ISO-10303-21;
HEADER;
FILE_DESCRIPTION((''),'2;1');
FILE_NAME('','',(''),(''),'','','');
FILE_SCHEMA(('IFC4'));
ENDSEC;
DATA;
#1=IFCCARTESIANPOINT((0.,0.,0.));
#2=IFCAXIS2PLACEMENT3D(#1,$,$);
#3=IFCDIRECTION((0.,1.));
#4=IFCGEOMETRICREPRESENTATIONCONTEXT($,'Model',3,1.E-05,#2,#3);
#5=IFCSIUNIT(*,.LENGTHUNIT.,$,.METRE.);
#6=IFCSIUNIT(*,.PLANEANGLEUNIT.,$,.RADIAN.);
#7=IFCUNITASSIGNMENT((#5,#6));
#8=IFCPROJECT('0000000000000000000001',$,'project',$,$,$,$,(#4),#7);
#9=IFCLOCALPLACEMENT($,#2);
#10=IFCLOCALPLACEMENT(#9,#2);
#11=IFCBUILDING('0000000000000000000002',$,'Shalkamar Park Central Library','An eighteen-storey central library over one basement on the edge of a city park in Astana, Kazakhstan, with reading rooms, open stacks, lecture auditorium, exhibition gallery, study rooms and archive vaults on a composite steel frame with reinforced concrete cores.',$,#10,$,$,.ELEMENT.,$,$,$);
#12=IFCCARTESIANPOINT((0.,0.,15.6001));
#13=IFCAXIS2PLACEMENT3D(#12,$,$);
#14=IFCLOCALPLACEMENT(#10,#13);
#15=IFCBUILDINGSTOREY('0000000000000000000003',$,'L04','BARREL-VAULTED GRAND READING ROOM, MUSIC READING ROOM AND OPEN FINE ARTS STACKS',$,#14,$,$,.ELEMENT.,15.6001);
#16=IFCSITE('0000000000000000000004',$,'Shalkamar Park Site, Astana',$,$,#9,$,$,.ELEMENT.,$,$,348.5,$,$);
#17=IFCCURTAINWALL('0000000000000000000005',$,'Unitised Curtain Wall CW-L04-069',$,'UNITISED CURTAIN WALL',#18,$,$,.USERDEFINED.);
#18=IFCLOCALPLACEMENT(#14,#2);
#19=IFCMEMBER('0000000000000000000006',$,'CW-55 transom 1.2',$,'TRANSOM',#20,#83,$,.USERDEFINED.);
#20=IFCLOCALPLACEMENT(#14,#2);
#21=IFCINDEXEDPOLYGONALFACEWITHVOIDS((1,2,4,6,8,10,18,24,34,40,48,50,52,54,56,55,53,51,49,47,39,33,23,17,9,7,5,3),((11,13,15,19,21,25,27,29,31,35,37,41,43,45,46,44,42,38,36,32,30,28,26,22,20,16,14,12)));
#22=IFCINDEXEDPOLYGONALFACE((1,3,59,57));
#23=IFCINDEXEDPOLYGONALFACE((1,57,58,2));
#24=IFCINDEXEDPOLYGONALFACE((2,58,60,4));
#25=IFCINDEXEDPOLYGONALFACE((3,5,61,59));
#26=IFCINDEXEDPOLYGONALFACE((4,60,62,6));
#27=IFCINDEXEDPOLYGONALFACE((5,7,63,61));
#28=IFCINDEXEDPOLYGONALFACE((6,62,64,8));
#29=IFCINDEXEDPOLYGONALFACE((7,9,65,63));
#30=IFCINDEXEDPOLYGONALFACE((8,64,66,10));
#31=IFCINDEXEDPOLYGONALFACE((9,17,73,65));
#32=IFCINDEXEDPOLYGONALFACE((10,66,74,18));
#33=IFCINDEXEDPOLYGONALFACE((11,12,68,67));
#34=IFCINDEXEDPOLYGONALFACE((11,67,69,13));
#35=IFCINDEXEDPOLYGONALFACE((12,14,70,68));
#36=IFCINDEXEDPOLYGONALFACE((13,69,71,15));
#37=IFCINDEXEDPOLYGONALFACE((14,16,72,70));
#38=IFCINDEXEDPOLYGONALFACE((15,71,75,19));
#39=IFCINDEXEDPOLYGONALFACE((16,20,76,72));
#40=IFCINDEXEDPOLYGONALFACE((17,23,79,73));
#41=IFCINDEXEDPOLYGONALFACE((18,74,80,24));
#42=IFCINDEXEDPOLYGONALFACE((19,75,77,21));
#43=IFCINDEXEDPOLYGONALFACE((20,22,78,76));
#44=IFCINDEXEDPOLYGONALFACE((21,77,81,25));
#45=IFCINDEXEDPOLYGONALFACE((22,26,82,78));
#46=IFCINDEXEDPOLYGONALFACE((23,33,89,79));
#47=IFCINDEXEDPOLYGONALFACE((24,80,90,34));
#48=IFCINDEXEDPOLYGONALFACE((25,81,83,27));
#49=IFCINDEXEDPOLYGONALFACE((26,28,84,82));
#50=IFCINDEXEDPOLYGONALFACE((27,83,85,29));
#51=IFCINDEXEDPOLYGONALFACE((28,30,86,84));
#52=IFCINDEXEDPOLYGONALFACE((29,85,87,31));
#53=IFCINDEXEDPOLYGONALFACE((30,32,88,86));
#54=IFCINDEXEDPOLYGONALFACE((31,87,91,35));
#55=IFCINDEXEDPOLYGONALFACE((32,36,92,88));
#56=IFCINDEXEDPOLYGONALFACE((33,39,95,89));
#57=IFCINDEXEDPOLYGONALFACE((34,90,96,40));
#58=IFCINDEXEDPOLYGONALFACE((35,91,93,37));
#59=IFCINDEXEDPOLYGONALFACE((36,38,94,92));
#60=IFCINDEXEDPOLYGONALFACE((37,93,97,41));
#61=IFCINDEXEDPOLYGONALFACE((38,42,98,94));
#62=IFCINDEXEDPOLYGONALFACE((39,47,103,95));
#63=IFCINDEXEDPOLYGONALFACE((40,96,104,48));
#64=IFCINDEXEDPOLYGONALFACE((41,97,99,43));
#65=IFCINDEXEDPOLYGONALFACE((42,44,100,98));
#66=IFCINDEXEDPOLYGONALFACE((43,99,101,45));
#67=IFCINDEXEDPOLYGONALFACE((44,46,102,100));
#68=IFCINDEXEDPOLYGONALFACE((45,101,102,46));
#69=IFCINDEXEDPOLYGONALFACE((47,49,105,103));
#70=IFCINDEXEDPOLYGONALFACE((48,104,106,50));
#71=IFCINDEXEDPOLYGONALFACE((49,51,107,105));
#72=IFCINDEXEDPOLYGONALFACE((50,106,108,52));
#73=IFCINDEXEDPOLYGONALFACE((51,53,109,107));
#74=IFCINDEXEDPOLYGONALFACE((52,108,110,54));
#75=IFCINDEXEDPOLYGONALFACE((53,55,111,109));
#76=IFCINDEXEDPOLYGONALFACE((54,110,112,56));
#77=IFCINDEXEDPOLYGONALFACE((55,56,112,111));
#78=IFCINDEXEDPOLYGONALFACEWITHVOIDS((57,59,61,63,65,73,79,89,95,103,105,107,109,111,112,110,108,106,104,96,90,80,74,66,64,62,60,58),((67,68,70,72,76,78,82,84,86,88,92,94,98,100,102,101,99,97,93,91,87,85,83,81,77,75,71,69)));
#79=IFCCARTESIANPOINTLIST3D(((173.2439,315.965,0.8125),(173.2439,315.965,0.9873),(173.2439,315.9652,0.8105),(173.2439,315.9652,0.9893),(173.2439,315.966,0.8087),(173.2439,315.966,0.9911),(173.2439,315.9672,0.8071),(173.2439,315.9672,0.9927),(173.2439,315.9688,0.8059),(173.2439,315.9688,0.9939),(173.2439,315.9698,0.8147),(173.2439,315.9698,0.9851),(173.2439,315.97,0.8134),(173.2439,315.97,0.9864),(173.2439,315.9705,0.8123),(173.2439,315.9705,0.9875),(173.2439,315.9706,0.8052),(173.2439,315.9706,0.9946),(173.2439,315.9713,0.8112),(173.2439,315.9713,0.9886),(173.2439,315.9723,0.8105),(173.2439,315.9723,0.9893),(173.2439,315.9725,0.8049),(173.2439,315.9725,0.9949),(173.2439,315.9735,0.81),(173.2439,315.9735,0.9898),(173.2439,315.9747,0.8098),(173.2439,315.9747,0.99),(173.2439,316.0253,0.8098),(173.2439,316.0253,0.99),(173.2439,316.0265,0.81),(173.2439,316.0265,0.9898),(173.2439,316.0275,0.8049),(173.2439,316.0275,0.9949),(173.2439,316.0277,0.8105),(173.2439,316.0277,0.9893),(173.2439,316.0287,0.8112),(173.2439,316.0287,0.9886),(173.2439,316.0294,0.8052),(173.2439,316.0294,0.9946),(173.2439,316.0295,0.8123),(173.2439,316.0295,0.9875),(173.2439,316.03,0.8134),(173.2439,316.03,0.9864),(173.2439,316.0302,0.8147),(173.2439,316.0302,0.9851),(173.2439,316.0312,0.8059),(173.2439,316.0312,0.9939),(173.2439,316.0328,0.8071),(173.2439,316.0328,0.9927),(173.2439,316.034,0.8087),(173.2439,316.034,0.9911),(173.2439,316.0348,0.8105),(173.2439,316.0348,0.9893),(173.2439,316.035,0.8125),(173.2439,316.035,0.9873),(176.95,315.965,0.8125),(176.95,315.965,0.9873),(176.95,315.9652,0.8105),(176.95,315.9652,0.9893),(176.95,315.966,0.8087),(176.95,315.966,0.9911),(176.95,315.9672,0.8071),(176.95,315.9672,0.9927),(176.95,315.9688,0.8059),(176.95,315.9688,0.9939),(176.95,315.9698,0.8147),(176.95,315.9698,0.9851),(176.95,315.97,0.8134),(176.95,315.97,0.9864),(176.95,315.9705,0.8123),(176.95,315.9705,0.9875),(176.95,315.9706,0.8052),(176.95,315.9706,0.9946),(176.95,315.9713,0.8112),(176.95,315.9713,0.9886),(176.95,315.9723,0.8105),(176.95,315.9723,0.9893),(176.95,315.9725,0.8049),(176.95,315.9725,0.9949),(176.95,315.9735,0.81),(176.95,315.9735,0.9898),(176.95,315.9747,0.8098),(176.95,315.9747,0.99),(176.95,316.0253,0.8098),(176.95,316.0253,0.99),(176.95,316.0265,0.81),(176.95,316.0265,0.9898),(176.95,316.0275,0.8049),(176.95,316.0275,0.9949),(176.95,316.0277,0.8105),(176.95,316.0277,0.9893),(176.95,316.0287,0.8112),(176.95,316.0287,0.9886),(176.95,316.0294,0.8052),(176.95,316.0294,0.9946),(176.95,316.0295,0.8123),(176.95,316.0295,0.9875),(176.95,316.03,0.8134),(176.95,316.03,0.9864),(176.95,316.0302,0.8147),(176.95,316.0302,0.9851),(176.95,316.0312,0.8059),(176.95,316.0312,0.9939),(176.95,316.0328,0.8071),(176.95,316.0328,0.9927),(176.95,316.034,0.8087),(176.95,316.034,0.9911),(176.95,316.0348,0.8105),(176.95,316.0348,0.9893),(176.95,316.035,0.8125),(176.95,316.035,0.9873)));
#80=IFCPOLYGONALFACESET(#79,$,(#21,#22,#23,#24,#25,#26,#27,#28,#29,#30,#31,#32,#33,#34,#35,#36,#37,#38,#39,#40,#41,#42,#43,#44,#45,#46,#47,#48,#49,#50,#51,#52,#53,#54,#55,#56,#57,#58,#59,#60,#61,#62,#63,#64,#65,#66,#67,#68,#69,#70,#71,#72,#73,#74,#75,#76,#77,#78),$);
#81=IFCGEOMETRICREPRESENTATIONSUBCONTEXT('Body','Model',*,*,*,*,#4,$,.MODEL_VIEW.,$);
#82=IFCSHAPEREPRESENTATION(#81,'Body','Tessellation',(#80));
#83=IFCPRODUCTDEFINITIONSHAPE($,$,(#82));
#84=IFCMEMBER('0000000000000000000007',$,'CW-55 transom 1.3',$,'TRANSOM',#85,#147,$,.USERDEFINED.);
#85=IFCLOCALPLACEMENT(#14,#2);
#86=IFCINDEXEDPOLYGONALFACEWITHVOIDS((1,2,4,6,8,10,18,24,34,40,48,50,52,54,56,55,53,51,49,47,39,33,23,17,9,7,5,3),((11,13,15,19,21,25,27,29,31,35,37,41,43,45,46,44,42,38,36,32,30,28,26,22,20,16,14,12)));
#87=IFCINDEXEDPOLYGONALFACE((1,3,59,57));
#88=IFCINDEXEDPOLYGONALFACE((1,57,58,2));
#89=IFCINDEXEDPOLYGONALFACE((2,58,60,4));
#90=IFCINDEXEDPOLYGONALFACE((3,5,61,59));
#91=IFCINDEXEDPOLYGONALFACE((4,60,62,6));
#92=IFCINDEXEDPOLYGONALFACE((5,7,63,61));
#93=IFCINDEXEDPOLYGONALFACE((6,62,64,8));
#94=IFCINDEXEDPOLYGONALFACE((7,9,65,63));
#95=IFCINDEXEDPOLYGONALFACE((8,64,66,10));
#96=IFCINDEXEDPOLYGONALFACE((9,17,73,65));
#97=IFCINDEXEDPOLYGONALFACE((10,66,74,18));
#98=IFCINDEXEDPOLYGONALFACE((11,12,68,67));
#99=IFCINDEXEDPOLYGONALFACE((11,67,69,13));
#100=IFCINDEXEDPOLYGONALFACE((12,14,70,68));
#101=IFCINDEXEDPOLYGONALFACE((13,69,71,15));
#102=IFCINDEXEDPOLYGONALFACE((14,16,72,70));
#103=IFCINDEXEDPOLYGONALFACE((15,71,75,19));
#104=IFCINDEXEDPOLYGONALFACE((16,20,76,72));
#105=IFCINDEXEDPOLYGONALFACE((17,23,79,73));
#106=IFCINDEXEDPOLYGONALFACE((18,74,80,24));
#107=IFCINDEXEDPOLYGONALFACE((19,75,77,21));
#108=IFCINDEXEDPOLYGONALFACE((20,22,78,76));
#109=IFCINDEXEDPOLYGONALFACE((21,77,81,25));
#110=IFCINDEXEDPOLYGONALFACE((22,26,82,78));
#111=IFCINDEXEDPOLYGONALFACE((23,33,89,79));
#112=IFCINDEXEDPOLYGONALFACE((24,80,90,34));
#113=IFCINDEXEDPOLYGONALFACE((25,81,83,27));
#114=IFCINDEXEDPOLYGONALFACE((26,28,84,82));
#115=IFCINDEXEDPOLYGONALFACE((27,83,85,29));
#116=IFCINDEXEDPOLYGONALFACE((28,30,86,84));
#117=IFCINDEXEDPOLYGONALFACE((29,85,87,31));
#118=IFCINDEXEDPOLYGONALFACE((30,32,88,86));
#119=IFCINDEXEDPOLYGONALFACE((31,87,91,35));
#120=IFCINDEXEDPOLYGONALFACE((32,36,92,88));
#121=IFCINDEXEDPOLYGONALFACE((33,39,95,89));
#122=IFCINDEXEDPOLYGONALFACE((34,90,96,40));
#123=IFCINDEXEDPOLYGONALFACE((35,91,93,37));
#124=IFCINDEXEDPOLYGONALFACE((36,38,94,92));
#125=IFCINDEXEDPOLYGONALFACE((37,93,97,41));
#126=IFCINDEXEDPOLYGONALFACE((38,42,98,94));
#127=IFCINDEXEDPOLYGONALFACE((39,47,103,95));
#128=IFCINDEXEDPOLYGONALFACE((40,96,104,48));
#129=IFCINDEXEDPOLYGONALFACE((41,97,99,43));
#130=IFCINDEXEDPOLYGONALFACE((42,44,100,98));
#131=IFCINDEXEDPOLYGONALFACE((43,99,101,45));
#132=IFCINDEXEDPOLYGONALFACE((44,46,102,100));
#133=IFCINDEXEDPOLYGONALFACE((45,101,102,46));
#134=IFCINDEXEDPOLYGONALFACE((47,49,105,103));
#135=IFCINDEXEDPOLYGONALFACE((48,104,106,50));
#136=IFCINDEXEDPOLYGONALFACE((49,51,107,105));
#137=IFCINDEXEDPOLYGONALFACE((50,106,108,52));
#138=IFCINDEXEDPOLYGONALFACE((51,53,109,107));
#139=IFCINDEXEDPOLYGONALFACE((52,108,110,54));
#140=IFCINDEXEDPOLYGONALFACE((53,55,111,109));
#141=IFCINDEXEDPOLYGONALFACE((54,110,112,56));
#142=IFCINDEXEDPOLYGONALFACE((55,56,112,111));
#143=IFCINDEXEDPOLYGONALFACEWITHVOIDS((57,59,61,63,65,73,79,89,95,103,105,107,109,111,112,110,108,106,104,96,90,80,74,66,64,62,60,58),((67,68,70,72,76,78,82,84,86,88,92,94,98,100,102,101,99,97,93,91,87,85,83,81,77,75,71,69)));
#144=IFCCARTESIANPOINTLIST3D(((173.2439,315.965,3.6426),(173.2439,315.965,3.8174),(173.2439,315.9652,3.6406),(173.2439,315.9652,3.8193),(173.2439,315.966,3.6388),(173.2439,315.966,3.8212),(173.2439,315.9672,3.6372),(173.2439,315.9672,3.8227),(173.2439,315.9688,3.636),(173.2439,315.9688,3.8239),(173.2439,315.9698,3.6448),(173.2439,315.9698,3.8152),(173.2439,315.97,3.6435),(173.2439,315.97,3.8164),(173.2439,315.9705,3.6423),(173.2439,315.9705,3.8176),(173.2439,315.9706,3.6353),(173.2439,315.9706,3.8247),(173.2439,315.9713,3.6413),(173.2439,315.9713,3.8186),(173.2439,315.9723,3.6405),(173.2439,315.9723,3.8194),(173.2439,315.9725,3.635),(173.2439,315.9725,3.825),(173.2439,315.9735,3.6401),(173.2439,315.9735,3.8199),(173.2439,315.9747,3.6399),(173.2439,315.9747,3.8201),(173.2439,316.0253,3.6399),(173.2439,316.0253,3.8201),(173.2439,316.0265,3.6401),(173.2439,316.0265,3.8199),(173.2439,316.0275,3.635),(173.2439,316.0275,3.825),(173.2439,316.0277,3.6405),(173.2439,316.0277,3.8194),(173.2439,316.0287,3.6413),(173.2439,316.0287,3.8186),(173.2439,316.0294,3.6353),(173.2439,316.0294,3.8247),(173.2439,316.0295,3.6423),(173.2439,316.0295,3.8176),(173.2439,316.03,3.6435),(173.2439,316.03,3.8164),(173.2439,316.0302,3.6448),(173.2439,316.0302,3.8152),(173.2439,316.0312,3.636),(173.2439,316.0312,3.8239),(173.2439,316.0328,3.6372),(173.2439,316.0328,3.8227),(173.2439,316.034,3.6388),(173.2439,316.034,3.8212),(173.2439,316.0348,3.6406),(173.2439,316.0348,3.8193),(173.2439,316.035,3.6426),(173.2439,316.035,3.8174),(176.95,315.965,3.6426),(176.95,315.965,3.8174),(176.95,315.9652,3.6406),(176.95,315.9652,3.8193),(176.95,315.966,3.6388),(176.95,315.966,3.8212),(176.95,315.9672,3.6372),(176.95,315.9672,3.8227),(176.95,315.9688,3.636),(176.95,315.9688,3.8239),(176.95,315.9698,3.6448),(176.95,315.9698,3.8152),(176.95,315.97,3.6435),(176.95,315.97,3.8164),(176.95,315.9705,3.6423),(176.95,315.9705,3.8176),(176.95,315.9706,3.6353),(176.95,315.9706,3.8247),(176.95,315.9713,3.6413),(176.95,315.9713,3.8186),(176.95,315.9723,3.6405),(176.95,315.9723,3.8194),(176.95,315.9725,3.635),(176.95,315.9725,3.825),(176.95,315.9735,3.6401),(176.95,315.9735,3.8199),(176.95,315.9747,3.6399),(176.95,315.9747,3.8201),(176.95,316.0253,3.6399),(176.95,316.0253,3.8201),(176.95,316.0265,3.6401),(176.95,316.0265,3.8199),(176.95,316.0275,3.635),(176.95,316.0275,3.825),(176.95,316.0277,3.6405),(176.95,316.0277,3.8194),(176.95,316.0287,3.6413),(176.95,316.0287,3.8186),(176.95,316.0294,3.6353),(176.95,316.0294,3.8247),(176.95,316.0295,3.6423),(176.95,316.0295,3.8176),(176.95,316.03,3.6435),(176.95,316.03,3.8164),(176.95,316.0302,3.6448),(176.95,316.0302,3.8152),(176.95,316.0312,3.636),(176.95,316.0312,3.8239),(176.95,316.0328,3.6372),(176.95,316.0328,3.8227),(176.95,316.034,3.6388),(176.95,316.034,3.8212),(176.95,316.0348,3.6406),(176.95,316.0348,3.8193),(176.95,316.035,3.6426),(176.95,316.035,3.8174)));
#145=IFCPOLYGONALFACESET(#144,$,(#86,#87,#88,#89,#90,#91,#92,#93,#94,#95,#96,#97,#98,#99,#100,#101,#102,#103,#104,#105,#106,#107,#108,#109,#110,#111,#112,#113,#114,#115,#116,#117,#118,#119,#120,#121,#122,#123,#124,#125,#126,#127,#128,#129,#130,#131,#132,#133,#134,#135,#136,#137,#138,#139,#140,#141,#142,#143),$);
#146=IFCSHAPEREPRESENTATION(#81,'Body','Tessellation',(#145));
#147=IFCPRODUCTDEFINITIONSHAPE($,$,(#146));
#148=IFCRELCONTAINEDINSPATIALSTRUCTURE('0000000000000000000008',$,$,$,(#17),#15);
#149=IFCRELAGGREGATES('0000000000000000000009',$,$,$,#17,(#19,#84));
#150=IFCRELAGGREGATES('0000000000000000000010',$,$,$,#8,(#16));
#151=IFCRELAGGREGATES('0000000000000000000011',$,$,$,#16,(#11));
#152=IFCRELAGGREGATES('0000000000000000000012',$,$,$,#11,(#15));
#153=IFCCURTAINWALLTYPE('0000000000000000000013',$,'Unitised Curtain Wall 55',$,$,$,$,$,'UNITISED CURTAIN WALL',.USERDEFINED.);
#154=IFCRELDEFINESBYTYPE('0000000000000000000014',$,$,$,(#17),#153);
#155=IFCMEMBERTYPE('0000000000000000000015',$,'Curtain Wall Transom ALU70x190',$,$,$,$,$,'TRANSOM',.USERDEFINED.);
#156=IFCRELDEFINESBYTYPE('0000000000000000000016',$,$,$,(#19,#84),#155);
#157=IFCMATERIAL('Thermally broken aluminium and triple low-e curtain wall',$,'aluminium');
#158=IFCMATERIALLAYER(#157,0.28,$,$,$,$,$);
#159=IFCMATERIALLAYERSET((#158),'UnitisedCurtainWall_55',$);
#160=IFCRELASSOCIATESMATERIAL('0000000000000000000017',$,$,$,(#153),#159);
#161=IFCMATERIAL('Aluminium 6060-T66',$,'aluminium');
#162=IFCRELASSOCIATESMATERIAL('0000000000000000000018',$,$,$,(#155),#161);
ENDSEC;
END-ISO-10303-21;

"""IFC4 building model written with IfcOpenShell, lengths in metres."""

from ifc_helpers import new_model, si_unit, direction, frame, origin, origin_2d, place, context, subcontext, project, spatial, hollow_rectangle, extrude, material, layer, layer_set, material_profile, profile_set, type_object, element, aggregate, save


model = new_model("IFC4")

# Units and contexts
model_context = context("Model", 3, precision=1e-05, world=origin(), true_north=direction((0.0, 1.0)))
body_context = subcontext(model_context, "Body", "Model", "MODEL_VIEW")
ifc_project = project(units=[si_unit("LENGTHUNIT", "METRE"), si_unit("PLANEANGLEUNIT", "RADIAN")], contexts=[model_context])

# Site, building, storey
site_placement = place(None, origin())
site = spatial("IfcSite", under=ifc_project, at=site_placement, Name="Shalkamar Park Site, Astana", CompositionType="ELEMENT", RefElevation=348.5)
building_placement = place(site_placement, origin())
building = spatial("IfcBuilding", under=site, at=building_placement, Name="Shalkamar Park Central Library", Description="An eighteen-storey central library over one basement on the edge of a city park in Astana, Kazakhstan, with reading rooms, open stacks, lecture auditorium, exhibition gallery, study rooms and archive vaults on a composite steel frame with reinforced concrete cores.", CompositionType="ELEMENT")
storey_placement = place(building_placement, frame((0.0, 0.0, 15.6001)))
storey = spatial("IfcBuildingStorey", under=building, at=storey_placement, Name="L04", Description="BARREL-VAULTED GRAND READING ROOM, MUSIC READING ROOM AND OPEN FINE ARTS STACKS", CompositionType="ELEMENT", Elevation=15.6001)

# Curtain wall
ifc_material_1 = material(Name="Thermally broken aluminium and triple low-e curtain wall", Category="aluminium")
ifc_material_2 = material(Name="Aluminium 6060-T66", Category="aluminium")
ifc_layer_1 = layer(ifc_material_1, 0.28)
ifc_layer_set_1 = layer_set([ifc_layer_1], Name="UnitisedCurtainWall_55")
curtain_wall_type_1 = type_object("IfcCurtainWallType", Name="Unitised Curtain Wall 55", ElementType="UNITISED CURTAIN WALL", PredefinedType="USERDEFINED", material=ifc_layer_set_1)
curtain_wall_1_placement = place(storey_placement, origin())
curtain_wall_1 = element("IfcCurtainWall", 1, at=curtain_wall_1_placement, inside=storey, type_object=curtain_wall_type_1, Name="Unitised Curtain Wall CW-L04-069", ObjectType="UNITISED CURTAIN WALL", PredefinedType="USERDEFINED")

# Members
ifc_material_profile_1 = material_profile(ifc_material_2, hollow_rectangle(XDim=0.0701, YDim=0.1899, WallThickness=0.0049, InnerFilletRadius=0.0049, OuterFilletRadius=0.0076, at=origin_2d()), Name="ALU 70x190x5")
ifc_profile_set_1 = profile_set([ifc_material_profile_1], Name="Aluminium 6060-T66")
member_type_1 = type_object("IfcMemberType", Name="Curtain Wall Transom ALU70x190", ElementType="TRANSOM", PredefinedType="USERDEFINED", material=ifc_profile_set_1)
member_1_placement = place(storey_placement, frame((173.2439, 316.0, 0.8999), z_axis=(1.0, 0.0, 0.0), x_axis=(0.0, 1.0, 0.0)))
member_1 = element("IfcMember", 2, at=member_1_placement, type_object=member_type_1, Name="CW-55 transom 1.2", ObjectType="TRANSOM", PredefinedType="USERDEFINED", context=body_context, shape_type="SweptSolid", body=[
    extrude(hollow_rectangle(XDim=0.0701, YDim=0.1899, WallThickness=0.0049, InnerFilletRadius=0.0049, OuterFilletRadius=0.0076, at=origin_2d()), origin(), (0.0, 0.0, 1.0), 3.7061),
])
member_2_placement = place(storey_placement, frame((173.2439, 316.0, 3.73), z_axis=(1.0, 0.0, 0.0), x_axis=(0.0, 1.0, 0.0)))
member_2 = element("IfcMember", 3, at=member_2_placement, type_object=member_type_1, Name="CW-55 transom 1.3", ObjectType="TRANSOM", PredefinedType="USERDEFINED", context=body_context, shape_type="SweptSolid", body=[
    extrude(hollow_rectangle(XDim=0.0701, YDim=0.1899, WallThickness=0.0049, InnerFilletRadius=0.0049, OuterFilletRadius=0.0076, at=origin_2d()), origin(), (0.0, 0.0, 1.0), 3.7061),
])

aggregate(curtain_wall_1, [member_1, member_2])

save(model, "model.ifc")
